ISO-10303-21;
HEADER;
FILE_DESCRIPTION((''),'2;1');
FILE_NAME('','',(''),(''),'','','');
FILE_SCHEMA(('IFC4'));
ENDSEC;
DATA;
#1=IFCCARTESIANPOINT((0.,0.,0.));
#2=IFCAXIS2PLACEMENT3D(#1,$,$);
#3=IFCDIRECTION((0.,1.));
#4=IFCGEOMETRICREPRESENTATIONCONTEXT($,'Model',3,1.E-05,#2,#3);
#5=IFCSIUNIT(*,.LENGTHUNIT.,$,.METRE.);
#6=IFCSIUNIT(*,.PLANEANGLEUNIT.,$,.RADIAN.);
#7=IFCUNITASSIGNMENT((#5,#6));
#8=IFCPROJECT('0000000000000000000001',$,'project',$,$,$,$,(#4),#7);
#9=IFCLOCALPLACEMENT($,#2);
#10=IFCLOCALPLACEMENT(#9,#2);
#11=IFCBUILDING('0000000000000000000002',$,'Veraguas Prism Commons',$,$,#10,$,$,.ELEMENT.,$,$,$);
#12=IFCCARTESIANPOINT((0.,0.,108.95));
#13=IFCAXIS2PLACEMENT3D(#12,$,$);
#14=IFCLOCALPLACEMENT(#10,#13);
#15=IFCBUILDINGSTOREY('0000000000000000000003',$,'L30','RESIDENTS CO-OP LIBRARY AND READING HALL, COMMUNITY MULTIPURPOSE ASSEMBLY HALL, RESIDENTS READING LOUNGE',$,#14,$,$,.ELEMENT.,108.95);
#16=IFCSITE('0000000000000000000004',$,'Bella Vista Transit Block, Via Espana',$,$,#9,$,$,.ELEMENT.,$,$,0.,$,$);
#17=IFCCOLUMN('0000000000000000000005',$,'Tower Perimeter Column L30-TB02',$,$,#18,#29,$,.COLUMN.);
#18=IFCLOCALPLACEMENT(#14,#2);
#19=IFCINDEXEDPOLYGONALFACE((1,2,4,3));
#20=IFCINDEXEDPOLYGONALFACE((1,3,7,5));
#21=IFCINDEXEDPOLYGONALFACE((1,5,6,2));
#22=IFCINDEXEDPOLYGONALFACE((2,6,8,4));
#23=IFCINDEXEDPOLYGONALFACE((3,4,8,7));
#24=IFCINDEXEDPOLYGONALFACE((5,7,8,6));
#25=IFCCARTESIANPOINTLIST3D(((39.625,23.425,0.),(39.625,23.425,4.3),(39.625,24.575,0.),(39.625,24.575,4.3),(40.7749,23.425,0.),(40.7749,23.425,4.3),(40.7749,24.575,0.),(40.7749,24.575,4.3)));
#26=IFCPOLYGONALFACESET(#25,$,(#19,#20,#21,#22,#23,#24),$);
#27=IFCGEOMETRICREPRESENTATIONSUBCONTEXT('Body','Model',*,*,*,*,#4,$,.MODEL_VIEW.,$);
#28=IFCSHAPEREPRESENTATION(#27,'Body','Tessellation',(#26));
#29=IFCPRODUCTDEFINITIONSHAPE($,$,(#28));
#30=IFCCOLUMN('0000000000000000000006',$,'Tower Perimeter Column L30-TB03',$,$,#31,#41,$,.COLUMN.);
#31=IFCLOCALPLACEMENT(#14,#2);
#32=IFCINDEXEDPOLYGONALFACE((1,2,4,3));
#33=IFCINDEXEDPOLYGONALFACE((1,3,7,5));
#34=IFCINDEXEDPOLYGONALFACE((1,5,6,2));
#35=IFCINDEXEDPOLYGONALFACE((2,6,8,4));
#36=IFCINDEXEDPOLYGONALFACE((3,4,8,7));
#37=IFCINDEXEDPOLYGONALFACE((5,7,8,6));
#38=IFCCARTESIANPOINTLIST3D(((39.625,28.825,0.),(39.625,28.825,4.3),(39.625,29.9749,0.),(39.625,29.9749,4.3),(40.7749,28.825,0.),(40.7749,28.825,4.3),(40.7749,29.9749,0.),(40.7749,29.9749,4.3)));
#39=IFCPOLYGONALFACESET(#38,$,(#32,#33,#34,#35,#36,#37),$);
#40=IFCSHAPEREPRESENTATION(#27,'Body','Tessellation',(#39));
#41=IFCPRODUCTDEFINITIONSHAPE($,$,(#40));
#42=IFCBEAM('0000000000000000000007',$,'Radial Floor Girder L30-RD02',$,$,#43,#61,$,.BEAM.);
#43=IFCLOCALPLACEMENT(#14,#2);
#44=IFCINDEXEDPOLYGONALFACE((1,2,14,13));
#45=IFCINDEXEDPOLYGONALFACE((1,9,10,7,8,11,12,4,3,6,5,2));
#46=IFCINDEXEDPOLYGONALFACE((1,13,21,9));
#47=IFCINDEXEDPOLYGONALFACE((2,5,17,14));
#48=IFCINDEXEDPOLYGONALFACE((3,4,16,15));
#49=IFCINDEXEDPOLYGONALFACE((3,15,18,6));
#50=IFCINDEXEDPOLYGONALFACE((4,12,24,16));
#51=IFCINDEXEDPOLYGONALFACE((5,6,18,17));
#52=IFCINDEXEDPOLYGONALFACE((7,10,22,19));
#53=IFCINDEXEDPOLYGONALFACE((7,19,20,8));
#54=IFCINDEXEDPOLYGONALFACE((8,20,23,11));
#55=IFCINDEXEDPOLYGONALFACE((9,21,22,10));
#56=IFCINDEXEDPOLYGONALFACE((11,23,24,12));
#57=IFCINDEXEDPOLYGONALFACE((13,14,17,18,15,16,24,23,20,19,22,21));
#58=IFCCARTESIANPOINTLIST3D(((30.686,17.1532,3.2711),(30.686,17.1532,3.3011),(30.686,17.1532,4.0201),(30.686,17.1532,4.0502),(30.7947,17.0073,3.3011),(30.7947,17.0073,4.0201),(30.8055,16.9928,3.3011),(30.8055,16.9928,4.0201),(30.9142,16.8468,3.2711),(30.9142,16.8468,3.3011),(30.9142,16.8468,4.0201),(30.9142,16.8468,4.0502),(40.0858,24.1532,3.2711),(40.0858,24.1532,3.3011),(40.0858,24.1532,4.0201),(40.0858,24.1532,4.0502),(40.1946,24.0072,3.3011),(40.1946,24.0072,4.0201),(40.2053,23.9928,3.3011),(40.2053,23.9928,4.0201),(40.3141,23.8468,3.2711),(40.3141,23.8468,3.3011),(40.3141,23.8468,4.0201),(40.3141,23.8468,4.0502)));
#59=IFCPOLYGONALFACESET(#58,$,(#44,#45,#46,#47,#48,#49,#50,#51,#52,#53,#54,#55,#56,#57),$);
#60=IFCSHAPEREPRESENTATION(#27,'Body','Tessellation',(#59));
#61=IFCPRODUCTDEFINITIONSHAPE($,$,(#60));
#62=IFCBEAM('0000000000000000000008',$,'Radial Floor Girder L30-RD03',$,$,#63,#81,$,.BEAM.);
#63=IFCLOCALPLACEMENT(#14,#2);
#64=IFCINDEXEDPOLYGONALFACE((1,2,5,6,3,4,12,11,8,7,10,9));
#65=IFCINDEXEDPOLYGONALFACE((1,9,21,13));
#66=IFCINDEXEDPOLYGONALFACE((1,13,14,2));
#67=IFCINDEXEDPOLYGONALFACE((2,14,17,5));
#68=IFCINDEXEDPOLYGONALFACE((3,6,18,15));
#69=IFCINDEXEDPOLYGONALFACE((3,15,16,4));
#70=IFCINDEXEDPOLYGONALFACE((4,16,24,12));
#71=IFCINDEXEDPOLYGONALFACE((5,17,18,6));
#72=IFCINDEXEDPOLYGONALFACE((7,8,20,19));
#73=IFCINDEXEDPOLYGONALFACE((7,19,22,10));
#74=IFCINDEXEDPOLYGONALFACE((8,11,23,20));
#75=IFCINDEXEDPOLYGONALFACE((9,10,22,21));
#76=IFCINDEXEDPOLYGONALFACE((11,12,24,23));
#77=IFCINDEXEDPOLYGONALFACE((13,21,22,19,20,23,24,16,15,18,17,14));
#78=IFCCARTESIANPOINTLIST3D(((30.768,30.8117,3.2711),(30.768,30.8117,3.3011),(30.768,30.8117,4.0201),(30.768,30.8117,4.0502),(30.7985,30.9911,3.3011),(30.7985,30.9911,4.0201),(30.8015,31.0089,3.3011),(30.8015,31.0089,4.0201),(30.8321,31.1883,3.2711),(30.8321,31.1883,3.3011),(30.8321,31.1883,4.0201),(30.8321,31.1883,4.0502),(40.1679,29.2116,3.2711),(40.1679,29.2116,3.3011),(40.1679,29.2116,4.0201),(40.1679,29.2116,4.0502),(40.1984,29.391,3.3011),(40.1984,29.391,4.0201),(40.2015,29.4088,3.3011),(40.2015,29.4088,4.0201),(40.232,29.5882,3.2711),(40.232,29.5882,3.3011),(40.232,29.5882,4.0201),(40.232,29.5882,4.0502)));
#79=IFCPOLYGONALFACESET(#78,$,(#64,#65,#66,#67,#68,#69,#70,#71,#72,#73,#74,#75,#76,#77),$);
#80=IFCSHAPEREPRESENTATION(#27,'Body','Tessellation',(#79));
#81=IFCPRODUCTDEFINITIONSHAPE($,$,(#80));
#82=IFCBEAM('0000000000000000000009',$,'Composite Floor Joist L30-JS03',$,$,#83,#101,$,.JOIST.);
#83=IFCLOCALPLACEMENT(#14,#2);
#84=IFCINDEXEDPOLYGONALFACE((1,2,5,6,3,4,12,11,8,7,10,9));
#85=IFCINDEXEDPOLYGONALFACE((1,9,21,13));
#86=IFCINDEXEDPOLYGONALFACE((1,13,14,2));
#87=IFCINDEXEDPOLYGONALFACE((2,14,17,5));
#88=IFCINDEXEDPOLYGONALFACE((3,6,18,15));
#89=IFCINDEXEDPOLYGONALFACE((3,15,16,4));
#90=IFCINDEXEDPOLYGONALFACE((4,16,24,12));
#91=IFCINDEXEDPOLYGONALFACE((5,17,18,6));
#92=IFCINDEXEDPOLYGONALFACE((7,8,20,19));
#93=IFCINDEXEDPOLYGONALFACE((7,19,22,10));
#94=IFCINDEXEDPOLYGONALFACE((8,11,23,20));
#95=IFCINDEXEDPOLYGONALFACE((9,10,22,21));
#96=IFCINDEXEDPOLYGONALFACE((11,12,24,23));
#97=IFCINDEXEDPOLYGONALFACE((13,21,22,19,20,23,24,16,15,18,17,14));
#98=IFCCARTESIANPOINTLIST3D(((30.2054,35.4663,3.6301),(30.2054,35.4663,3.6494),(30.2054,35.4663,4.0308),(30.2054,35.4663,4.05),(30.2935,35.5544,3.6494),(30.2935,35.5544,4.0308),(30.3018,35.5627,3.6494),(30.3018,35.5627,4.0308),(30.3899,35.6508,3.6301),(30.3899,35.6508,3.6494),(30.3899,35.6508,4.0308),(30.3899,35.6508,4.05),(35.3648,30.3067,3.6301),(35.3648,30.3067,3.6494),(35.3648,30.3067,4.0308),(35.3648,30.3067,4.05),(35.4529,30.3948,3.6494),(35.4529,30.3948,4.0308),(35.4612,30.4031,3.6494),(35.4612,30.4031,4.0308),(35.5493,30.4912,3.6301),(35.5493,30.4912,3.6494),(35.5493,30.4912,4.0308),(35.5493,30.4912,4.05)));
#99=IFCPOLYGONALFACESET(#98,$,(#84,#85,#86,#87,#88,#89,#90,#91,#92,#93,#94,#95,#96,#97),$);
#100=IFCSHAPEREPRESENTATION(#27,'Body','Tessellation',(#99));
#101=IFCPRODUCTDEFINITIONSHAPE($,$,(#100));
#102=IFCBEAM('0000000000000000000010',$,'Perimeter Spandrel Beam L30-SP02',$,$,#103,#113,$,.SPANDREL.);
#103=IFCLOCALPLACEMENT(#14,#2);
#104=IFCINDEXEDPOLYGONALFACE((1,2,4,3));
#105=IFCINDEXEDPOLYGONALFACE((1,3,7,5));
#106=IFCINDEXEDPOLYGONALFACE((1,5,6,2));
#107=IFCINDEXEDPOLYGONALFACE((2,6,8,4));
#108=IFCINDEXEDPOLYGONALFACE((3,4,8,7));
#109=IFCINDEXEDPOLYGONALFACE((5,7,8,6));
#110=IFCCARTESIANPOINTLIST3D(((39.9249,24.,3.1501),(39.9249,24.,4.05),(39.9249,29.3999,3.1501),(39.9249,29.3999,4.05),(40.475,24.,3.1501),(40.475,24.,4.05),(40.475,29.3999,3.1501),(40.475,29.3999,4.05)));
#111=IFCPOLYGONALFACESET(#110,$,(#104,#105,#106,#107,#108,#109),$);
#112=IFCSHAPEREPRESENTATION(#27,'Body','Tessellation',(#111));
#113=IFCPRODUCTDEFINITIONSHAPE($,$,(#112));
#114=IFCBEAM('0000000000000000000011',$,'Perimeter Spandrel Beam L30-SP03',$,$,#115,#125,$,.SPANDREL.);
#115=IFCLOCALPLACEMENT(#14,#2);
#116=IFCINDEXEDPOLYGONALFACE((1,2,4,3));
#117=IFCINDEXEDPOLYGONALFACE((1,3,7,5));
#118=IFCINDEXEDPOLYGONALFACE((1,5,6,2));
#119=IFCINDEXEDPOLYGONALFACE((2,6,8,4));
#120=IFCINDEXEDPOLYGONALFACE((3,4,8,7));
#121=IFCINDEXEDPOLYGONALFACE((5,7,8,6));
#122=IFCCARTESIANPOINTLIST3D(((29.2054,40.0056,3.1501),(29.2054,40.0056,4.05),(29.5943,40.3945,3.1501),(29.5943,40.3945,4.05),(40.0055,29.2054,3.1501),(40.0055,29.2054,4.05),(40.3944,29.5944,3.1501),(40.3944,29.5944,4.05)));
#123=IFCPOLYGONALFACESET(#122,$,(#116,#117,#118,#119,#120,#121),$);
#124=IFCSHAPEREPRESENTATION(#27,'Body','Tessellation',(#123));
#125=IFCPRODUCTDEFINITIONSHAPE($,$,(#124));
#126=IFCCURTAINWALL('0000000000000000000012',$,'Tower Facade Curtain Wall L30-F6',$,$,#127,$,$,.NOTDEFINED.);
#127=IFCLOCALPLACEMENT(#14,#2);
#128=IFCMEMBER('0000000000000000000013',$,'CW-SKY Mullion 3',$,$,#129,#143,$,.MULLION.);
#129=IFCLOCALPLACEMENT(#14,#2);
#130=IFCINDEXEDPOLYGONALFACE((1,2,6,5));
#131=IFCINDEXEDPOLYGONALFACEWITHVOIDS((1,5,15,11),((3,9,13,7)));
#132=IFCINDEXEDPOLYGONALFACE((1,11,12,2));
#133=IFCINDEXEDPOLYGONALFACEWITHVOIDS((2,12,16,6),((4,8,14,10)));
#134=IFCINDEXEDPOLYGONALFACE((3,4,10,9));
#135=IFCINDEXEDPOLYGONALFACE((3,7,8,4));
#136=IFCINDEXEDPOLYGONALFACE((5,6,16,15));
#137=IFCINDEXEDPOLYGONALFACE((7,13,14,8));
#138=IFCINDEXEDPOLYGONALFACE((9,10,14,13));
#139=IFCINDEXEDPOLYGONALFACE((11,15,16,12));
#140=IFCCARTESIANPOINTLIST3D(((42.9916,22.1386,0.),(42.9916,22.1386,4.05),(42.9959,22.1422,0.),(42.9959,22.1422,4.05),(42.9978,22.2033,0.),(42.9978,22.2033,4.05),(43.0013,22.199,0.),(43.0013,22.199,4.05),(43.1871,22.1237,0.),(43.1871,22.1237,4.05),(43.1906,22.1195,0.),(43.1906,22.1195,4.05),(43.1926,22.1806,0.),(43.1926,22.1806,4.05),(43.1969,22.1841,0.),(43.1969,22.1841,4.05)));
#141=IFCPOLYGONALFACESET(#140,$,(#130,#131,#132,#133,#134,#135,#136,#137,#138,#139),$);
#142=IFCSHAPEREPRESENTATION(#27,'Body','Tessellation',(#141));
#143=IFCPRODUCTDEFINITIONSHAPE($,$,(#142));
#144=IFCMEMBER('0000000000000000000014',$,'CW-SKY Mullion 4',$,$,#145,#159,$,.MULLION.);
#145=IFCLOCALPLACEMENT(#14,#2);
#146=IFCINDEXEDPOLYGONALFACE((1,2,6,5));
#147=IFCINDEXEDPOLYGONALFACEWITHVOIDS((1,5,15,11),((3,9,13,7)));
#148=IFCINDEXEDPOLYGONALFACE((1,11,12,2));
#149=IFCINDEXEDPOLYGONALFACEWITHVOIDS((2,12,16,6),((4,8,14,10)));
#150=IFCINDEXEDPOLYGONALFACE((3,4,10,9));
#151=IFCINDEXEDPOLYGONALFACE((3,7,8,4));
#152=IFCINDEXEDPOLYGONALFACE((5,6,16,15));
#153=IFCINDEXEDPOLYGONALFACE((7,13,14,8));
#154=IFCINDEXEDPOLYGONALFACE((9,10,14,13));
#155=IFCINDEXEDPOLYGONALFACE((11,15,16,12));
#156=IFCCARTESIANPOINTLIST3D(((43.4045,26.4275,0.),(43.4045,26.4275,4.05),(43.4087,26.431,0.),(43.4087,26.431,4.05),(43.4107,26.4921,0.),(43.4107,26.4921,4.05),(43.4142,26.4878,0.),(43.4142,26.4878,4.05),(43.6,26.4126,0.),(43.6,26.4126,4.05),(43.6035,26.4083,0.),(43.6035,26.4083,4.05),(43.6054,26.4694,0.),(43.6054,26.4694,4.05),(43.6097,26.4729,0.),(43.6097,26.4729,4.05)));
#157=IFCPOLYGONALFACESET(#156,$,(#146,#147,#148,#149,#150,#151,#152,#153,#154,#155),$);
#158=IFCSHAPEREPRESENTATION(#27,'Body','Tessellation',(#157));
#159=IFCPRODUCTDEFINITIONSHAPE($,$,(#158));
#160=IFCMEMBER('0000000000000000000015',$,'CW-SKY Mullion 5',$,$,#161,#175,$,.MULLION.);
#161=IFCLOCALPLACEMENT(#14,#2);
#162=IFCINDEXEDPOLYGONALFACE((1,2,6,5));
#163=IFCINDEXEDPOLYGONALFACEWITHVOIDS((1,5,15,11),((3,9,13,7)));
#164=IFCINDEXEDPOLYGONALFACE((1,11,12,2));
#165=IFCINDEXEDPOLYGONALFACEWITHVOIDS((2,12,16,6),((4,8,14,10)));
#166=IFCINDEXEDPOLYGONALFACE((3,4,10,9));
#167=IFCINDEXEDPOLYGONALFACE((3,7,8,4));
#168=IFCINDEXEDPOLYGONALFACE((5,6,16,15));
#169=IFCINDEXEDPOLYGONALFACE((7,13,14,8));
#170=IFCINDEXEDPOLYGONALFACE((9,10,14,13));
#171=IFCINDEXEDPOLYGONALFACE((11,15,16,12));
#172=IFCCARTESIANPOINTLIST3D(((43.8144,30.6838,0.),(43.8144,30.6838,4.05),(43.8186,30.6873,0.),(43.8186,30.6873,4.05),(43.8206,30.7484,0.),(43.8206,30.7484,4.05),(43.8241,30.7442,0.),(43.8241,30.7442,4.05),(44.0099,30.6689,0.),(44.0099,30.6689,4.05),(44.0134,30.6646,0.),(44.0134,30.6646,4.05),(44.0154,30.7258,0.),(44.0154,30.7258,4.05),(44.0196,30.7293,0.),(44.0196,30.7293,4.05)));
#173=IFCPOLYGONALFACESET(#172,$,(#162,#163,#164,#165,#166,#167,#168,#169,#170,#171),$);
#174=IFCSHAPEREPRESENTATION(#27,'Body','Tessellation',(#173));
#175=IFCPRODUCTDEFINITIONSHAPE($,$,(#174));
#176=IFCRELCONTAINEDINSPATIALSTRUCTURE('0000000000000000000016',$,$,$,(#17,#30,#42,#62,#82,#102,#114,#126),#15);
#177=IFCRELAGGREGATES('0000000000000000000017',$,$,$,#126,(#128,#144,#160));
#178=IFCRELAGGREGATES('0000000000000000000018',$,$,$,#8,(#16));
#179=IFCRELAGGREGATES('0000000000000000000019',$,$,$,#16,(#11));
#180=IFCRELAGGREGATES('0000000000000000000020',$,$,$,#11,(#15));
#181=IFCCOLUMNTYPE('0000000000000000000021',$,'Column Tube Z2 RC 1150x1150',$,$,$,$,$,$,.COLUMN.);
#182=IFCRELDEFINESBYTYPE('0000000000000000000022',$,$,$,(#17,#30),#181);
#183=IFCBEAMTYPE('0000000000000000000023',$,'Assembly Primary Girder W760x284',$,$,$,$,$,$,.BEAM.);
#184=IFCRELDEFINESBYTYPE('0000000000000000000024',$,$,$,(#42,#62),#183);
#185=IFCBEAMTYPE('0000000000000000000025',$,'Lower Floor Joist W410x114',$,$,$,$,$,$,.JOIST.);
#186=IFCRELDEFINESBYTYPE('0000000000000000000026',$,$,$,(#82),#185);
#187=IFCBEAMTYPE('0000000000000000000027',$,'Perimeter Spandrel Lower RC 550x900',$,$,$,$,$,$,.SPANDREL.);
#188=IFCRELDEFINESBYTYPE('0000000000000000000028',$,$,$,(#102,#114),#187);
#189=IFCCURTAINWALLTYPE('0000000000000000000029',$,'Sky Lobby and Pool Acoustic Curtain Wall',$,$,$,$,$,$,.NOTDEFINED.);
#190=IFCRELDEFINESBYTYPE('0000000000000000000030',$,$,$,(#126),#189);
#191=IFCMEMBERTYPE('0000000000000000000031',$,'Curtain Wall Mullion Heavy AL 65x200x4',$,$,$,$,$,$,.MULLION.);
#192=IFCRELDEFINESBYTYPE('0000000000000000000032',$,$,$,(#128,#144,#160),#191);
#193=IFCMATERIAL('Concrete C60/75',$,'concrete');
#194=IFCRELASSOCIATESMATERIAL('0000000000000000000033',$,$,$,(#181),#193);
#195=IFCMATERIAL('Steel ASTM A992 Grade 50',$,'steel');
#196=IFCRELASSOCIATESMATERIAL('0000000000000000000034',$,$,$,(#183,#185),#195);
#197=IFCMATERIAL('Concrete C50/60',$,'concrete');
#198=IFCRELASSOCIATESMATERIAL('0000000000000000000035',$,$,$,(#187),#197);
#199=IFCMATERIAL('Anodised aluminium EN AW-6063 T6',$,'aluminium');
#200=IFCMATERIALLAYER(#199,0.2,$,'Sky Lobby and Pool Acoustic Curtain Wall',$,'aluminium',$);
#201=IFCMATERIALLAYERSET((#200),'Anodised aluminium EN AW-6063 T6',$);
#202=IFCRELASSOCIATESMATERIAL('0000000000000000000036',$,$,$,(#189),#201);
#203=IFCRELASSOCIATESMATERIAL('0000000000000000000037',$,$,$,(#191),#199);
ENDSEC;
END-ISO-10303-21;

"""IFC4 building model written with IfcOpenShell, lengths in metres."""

from ifc_helpers import new_model, si_unit, direction, frame, origin, origin_2d, place, context, subcontext, project, spatial, rectangle, hollow_rectangle, i_section, extrude, source, transform, mapped, material, layer, layer_set, material_profile, profile_set, type_object, element, aggregate, save


model = new_model("IFC4")

# Units and contexts
model_context = context("Model", 3, precision=1e-05, world=origin(), true_north=direction((0.0, 1.0)))
body_context = subcontext(model_context, "Body", "Model", "MODEL_VIEW")
ifc_project = project(units=[si_unit("LENGTHUNIT", "METRE"), si_unit("PLANEANGLEUNIT", "RADIAN")], contexts=[model_context])

# Site, building, storey
site_placement = place(None, origin())
site = spatial("IfcSite", under=ifc_project, at=site_placement, Name="Bella Vista Transit Block, Via Espana", CompositionType="ELEMENT", RefElevation=0.0)
building_placement = place(site_placement, origin())
building = spatial("IfcBuilding", under=site, at=building_placement, Name="Veraguas Prism Commons", CompositionType="ELEMENT")
storey_placement = place(building_placement, frame((0.0, 0.0, 108.95)))
storey = spatial("IfcBuildingStorey", under=building, at=storey_placement, Name="L30", Description="RESIDENTS CO-OP LIBRARY AND READING HALL, COMMUNITY MULTIPURPOSE ASSEMBLY HALL, RESIDENTS READING LOUNGE", CompositionType="ELEMENT", Elevation=108.95)

# Columns
ifc_material_1 = material(Name="Concrete C60/75", Category="concrete")
ifc_material_profile_1 = material_profile(ifc_material_1, rectangle(XDim=1.1499, YDim=1.1499, at=origin_2d()), Name="RC1150X1150")
ifc_profile_set_1 = profile_set([ifc_material_profile_1], Name="Concrete C60/75")
column_type = type_object("IfcColumnType", Name="Column Tube Z2 RC 1150x1150", PredefinedType="COLUMN", material=ifc_profile_set_1)
for number, where, z_axis, x_axis, name in (
    (1, (40.2, 24.0, 0.0), (0.0, 0.0, 1.0), (1.0, 0.0, 0.0), "Tower Perimeter Column L30-TB02"),
    (2, (40.2, 29.3999, 0.0), (0.0, 0.0, 1.0), (1.0, 0.0, 0.0), "Tower Perimeter Column L30-TB03"),
):
    element("IfcColumn", number, at=place(storey_placement, frame(where, z_axis=z_axis, x_axis=x_axis)), inside=storey, type_object=column_type, Name=name, PredefinedType="COLUMN", context=body_context, shape_type="SweptSolid", body=[
        extrude(rectangle(XDim=1.1499, YDim=1.1499, at=origin_2d()), origin(), (0.0, 0.0, 1.0), 4.3),
    ])

# Beams
ifc_material_2 = material(Name="Steel ASTM A992 Grade 50", Category="steel")
ifc_material_profile_2 = material_profile(ifc_material_2, i_section(OverallWidth=0.3821, OverallDepth=0.7791, WebThickness=0.0181, FlangeThickness=0.03, at=origin_2d()), Name="W760X284")
ifc_profile_set_2 = profile_set([ifc_material_profile_2], Name="Steel ASTM A992 Grade 50")
beam_type_1 = type_object("IfcBeamType", Name="Assembly Primary Girder W760x284", PredefinedType="BEAM", material=ifc_profile_set_2)
beam_1_placement = place(storey_placement, frame((40.2, 24.0, 3.6606), z_axis=(-0.80204, -0.59727, 0.0), x_axis=(0.59727, -0.80204, 0.0)))
element("IfcBeam", 3, at=beam_1_placement, inside=storey, type_object=beam_type_1, Name="Radial Floor Girder L30-RD02", PredefinedType="BEAM", context=body_context, shape_type="SweptSolid", body=[
    extrude(i_section(OverallWidth=0.3821, OverallDepth=0.7791, WebThickness=0.0181, FlangeThickness=0.03, at=origin_2d()), origin(), (0.0, 0.0, 1.0), 11.72),
])
beam_2_placement = place(storey_placement, frame((40.2, 29.3999, 3.6606), z_axis=(-0.985819, 0.167811, 0.0), x_axis=(-0.167811, -0.985819, 0.0)))
element("IfcBeam", 4, at=beam_2_placement, inside=storey, type_object=beam_type_1, Name="Radial Floor Girder L30-RD03", PredefinedType="BEAM", context=body_context, shape_type="SweptSolid", body=[
    extrude(i_section(OverallWidth=0.3821, OverallDepth=0.7791, WebThickness=0.0181, FlangeThickness=0.03, at=origin_2d()), origin(), (0.0, 0.0, 1.0), 9.5352),
])
ifc_material_profile_3 = material_profile(ifc_material_2, i_section(OverallWidth=0.261, OverallDepth=0.4199, WebThickness=0.0117, FlangeThickness=0.0193, at=origin_2d()), Name="W410X114")
ifc_profile_set_3 = profile_set([ifc_material_profile_3], Name="Steel ASTM A992 Grade 50")
beam_type_2 = type_object("IfcBeamType", Name="Lower Floor Joist W410x114", PredefinedType="JOIST", material=ifc_profile_set_3)
beam_3_placement = place(storey_placement, frame((35.457, 30.3989, 3.8401), z_axis=(-0.70709, 0.707124, 0.0), x_axis=(-0.707124, -0.70709, 0.0)))
element("IfcBeam", 5, at=beam_3_placement, inside=storey, type_object=beam_type_2, Name="Composite Floor Joist L30-JS03", PredefinedType="JOIST", context=body_context, shape_type="SweptSolid", body=[
    extrude(i_section(OverallWidth=0.261, OverallDepth=0.4199, WebThickness=0.0117, FlangeThickness=0.0193, at=origin_2d()), origin(), (0.0, 0.0, 1.0), 7.2966),
])
ifc_material_3 = material(Name="Concrete C50/60", Category="concrete")
ifc_material_profile_4 = material_profile(ifc_material_3, rectangle(XDim=0.55, YDim=0.8999, at=origin_2d()), Name="RC550X900")
ifc_profile_set_4 = profile_set([ifc_material_profile_4], Name="Concrete C50/60")
beam_type_3 = type_object("IfcBeamType", Name="Perimeter Spandrel Lower RC 550x900", PredefinedType="SPANDREL", material=ifc_profile_set_4)
beam_4_placement = place(storey_placement, frame((40.2, 24.0, 3.6001), z_axis=(0.0, 1.0, 0.0), x_axis=(-1.0, 0.0, 0.0)))
element("IfcBeam", 6, at=beam_4_placement, inside=storey, type_object=beam_type_3, Name="Perimeter Spandrel Beam L30-SP02", PredefinedType="SPANDREL", context=body_context, shape_type="SweptSolid", body=[
    extrude(rectangle(XDim=0.55, YDim=0.8999, at=origin_2d()), origin(), (0.0, 0.0, 1.0), 5.3999),
])
beam_5_placement = place(storey_placement, frame((40.2, 29.3999, 3.6001), z_axis=(-0.707107, 0.707107, 0.0), x_axis=(-0.707107, -0.707107, 0.0)))
element("IfcBeam", 7, at=beam_5_placement, inside=storey, type_object=beam_type_3, Name="Perimeter Spandrel Beam L30-SP03", PredefinedType="SPANDREL", context=body_context, shape_type="SweptSolid", body=[
    extrude(rectangle(XDim=0.55, YDim=0.8999, at=origin_2d()), origin(), (0.0, 0.0, 1.0), 15.2737),
])

# Curtain wall, members
ifc_material_4 = material(Name="Anodised aluminium EN AW-6063 T6", Category="aluminium")
ifc_layer_1 = layer(ifc_material_4, 0.2, Name="Sky Lobby and Pool Acoustic Curtain Wall", Category="aluminium")
ifc_layer_set_1 = layer_set([ifc_layer_1], Name="Anodised aluminium EN AW-6063 T6")
curtain_wall_type = type_object("IfcCurtainWallType", Name="Sky Lobby and Pool Acoustic Curtain Wall", PredefinedType="NOTDEFINED", material=ifc_layer_set_1)
curtain_wall_placement = place(storey_placement, origin())
curtain_wall = element("IfcCurtainWall", 8, at=curtain_wall_placement, inside=storey, type_object=curtain_wall_type, Name="Tower Facade Curtain Wall L30-F6", PredefinedType="NOTDEFINED")
ifc_material_profile_5 = material_profile(ifc_material_4, hollow_rectangle(XDim=0.0649, YDim=0.2, WallThickness=0.0039, at=origin_2d()), Name="AL65X200X4")
ifc_profile_set_5 = profile_set([ifc_material_profile_5], Name="Anodised aluminium EN AW-6063 T6")
member_type = type_object("IfcMemberType", Name="Curtain Wall Mullion Heavy AL 65x200x4", PredefinedType="MULLION", material=ifc_profile_set_5)
shared_shape_1 = source(origin(), body_context, "Body", "SweptSolid", [
    extrude(hollow_rectangle(XDim=0.0649, YDim=0.2, WallThickness=0.0039, at=origin_2d()), origin(), (0.0, 0.0, 1.0), 4.05),
])
member_1_placement = place(storey_placement, frame((43.0942, 22.1614, 0.0), z_axis=(0.0, 0.0, 1.0), x_axis=(0.095837, 0.995397, 0.0)))
member_1 = element("IfcMember", 9, at=member_1_placement, type_object=member_type, Name="CW-SKY Mullion 3", PredefinedType="MULLION", context=body_context, shape_type="MappedRepresentation", body=[
    mapped(shared_shape_1, transform((0.0, 0.0, 0.0), scale=1.0)),
])
member_2_placement = place(storey_placement, frame((43.5071, 26.4502, 0.0), z_axis=(0.0, 0.0, 1.0), x_axis=(0.095837, 0.995397, 0.0)))
member_2 = element("IfcMember", 10, at=member_2_placement, type_object=member_type, Name="CW-SKY Mullion 4", PredefinedType="MULLION", context=body_context, shape_type="MappedRepresentation", body=[
    mapped(shared_shape_1, transform((0.0, 0.0, 0.0), scale=1.0)),
])
member_3_placement = place(storey_placement, frame((43.917, 30.7065, 0.0), z_axis=(0.0, 0.0, 1.0), x_axis=(0.095837, 0.995397, 0.0)))
member_3 = element("IfcMember", 11, at=member_3_placement, type_object=member_type, Name="CW-SKY Mullion 5", PredefinedType="MULLION", context=body_context, shape_type="MappedRepresentation", body=[
    mapped(shared_shape_1, transform((0.0, 0.0, 0.0), scale=1.0)),
])
aggregate(curtain_wall, [member_1, member_2, member_3])

save(model, "model.ifc")
